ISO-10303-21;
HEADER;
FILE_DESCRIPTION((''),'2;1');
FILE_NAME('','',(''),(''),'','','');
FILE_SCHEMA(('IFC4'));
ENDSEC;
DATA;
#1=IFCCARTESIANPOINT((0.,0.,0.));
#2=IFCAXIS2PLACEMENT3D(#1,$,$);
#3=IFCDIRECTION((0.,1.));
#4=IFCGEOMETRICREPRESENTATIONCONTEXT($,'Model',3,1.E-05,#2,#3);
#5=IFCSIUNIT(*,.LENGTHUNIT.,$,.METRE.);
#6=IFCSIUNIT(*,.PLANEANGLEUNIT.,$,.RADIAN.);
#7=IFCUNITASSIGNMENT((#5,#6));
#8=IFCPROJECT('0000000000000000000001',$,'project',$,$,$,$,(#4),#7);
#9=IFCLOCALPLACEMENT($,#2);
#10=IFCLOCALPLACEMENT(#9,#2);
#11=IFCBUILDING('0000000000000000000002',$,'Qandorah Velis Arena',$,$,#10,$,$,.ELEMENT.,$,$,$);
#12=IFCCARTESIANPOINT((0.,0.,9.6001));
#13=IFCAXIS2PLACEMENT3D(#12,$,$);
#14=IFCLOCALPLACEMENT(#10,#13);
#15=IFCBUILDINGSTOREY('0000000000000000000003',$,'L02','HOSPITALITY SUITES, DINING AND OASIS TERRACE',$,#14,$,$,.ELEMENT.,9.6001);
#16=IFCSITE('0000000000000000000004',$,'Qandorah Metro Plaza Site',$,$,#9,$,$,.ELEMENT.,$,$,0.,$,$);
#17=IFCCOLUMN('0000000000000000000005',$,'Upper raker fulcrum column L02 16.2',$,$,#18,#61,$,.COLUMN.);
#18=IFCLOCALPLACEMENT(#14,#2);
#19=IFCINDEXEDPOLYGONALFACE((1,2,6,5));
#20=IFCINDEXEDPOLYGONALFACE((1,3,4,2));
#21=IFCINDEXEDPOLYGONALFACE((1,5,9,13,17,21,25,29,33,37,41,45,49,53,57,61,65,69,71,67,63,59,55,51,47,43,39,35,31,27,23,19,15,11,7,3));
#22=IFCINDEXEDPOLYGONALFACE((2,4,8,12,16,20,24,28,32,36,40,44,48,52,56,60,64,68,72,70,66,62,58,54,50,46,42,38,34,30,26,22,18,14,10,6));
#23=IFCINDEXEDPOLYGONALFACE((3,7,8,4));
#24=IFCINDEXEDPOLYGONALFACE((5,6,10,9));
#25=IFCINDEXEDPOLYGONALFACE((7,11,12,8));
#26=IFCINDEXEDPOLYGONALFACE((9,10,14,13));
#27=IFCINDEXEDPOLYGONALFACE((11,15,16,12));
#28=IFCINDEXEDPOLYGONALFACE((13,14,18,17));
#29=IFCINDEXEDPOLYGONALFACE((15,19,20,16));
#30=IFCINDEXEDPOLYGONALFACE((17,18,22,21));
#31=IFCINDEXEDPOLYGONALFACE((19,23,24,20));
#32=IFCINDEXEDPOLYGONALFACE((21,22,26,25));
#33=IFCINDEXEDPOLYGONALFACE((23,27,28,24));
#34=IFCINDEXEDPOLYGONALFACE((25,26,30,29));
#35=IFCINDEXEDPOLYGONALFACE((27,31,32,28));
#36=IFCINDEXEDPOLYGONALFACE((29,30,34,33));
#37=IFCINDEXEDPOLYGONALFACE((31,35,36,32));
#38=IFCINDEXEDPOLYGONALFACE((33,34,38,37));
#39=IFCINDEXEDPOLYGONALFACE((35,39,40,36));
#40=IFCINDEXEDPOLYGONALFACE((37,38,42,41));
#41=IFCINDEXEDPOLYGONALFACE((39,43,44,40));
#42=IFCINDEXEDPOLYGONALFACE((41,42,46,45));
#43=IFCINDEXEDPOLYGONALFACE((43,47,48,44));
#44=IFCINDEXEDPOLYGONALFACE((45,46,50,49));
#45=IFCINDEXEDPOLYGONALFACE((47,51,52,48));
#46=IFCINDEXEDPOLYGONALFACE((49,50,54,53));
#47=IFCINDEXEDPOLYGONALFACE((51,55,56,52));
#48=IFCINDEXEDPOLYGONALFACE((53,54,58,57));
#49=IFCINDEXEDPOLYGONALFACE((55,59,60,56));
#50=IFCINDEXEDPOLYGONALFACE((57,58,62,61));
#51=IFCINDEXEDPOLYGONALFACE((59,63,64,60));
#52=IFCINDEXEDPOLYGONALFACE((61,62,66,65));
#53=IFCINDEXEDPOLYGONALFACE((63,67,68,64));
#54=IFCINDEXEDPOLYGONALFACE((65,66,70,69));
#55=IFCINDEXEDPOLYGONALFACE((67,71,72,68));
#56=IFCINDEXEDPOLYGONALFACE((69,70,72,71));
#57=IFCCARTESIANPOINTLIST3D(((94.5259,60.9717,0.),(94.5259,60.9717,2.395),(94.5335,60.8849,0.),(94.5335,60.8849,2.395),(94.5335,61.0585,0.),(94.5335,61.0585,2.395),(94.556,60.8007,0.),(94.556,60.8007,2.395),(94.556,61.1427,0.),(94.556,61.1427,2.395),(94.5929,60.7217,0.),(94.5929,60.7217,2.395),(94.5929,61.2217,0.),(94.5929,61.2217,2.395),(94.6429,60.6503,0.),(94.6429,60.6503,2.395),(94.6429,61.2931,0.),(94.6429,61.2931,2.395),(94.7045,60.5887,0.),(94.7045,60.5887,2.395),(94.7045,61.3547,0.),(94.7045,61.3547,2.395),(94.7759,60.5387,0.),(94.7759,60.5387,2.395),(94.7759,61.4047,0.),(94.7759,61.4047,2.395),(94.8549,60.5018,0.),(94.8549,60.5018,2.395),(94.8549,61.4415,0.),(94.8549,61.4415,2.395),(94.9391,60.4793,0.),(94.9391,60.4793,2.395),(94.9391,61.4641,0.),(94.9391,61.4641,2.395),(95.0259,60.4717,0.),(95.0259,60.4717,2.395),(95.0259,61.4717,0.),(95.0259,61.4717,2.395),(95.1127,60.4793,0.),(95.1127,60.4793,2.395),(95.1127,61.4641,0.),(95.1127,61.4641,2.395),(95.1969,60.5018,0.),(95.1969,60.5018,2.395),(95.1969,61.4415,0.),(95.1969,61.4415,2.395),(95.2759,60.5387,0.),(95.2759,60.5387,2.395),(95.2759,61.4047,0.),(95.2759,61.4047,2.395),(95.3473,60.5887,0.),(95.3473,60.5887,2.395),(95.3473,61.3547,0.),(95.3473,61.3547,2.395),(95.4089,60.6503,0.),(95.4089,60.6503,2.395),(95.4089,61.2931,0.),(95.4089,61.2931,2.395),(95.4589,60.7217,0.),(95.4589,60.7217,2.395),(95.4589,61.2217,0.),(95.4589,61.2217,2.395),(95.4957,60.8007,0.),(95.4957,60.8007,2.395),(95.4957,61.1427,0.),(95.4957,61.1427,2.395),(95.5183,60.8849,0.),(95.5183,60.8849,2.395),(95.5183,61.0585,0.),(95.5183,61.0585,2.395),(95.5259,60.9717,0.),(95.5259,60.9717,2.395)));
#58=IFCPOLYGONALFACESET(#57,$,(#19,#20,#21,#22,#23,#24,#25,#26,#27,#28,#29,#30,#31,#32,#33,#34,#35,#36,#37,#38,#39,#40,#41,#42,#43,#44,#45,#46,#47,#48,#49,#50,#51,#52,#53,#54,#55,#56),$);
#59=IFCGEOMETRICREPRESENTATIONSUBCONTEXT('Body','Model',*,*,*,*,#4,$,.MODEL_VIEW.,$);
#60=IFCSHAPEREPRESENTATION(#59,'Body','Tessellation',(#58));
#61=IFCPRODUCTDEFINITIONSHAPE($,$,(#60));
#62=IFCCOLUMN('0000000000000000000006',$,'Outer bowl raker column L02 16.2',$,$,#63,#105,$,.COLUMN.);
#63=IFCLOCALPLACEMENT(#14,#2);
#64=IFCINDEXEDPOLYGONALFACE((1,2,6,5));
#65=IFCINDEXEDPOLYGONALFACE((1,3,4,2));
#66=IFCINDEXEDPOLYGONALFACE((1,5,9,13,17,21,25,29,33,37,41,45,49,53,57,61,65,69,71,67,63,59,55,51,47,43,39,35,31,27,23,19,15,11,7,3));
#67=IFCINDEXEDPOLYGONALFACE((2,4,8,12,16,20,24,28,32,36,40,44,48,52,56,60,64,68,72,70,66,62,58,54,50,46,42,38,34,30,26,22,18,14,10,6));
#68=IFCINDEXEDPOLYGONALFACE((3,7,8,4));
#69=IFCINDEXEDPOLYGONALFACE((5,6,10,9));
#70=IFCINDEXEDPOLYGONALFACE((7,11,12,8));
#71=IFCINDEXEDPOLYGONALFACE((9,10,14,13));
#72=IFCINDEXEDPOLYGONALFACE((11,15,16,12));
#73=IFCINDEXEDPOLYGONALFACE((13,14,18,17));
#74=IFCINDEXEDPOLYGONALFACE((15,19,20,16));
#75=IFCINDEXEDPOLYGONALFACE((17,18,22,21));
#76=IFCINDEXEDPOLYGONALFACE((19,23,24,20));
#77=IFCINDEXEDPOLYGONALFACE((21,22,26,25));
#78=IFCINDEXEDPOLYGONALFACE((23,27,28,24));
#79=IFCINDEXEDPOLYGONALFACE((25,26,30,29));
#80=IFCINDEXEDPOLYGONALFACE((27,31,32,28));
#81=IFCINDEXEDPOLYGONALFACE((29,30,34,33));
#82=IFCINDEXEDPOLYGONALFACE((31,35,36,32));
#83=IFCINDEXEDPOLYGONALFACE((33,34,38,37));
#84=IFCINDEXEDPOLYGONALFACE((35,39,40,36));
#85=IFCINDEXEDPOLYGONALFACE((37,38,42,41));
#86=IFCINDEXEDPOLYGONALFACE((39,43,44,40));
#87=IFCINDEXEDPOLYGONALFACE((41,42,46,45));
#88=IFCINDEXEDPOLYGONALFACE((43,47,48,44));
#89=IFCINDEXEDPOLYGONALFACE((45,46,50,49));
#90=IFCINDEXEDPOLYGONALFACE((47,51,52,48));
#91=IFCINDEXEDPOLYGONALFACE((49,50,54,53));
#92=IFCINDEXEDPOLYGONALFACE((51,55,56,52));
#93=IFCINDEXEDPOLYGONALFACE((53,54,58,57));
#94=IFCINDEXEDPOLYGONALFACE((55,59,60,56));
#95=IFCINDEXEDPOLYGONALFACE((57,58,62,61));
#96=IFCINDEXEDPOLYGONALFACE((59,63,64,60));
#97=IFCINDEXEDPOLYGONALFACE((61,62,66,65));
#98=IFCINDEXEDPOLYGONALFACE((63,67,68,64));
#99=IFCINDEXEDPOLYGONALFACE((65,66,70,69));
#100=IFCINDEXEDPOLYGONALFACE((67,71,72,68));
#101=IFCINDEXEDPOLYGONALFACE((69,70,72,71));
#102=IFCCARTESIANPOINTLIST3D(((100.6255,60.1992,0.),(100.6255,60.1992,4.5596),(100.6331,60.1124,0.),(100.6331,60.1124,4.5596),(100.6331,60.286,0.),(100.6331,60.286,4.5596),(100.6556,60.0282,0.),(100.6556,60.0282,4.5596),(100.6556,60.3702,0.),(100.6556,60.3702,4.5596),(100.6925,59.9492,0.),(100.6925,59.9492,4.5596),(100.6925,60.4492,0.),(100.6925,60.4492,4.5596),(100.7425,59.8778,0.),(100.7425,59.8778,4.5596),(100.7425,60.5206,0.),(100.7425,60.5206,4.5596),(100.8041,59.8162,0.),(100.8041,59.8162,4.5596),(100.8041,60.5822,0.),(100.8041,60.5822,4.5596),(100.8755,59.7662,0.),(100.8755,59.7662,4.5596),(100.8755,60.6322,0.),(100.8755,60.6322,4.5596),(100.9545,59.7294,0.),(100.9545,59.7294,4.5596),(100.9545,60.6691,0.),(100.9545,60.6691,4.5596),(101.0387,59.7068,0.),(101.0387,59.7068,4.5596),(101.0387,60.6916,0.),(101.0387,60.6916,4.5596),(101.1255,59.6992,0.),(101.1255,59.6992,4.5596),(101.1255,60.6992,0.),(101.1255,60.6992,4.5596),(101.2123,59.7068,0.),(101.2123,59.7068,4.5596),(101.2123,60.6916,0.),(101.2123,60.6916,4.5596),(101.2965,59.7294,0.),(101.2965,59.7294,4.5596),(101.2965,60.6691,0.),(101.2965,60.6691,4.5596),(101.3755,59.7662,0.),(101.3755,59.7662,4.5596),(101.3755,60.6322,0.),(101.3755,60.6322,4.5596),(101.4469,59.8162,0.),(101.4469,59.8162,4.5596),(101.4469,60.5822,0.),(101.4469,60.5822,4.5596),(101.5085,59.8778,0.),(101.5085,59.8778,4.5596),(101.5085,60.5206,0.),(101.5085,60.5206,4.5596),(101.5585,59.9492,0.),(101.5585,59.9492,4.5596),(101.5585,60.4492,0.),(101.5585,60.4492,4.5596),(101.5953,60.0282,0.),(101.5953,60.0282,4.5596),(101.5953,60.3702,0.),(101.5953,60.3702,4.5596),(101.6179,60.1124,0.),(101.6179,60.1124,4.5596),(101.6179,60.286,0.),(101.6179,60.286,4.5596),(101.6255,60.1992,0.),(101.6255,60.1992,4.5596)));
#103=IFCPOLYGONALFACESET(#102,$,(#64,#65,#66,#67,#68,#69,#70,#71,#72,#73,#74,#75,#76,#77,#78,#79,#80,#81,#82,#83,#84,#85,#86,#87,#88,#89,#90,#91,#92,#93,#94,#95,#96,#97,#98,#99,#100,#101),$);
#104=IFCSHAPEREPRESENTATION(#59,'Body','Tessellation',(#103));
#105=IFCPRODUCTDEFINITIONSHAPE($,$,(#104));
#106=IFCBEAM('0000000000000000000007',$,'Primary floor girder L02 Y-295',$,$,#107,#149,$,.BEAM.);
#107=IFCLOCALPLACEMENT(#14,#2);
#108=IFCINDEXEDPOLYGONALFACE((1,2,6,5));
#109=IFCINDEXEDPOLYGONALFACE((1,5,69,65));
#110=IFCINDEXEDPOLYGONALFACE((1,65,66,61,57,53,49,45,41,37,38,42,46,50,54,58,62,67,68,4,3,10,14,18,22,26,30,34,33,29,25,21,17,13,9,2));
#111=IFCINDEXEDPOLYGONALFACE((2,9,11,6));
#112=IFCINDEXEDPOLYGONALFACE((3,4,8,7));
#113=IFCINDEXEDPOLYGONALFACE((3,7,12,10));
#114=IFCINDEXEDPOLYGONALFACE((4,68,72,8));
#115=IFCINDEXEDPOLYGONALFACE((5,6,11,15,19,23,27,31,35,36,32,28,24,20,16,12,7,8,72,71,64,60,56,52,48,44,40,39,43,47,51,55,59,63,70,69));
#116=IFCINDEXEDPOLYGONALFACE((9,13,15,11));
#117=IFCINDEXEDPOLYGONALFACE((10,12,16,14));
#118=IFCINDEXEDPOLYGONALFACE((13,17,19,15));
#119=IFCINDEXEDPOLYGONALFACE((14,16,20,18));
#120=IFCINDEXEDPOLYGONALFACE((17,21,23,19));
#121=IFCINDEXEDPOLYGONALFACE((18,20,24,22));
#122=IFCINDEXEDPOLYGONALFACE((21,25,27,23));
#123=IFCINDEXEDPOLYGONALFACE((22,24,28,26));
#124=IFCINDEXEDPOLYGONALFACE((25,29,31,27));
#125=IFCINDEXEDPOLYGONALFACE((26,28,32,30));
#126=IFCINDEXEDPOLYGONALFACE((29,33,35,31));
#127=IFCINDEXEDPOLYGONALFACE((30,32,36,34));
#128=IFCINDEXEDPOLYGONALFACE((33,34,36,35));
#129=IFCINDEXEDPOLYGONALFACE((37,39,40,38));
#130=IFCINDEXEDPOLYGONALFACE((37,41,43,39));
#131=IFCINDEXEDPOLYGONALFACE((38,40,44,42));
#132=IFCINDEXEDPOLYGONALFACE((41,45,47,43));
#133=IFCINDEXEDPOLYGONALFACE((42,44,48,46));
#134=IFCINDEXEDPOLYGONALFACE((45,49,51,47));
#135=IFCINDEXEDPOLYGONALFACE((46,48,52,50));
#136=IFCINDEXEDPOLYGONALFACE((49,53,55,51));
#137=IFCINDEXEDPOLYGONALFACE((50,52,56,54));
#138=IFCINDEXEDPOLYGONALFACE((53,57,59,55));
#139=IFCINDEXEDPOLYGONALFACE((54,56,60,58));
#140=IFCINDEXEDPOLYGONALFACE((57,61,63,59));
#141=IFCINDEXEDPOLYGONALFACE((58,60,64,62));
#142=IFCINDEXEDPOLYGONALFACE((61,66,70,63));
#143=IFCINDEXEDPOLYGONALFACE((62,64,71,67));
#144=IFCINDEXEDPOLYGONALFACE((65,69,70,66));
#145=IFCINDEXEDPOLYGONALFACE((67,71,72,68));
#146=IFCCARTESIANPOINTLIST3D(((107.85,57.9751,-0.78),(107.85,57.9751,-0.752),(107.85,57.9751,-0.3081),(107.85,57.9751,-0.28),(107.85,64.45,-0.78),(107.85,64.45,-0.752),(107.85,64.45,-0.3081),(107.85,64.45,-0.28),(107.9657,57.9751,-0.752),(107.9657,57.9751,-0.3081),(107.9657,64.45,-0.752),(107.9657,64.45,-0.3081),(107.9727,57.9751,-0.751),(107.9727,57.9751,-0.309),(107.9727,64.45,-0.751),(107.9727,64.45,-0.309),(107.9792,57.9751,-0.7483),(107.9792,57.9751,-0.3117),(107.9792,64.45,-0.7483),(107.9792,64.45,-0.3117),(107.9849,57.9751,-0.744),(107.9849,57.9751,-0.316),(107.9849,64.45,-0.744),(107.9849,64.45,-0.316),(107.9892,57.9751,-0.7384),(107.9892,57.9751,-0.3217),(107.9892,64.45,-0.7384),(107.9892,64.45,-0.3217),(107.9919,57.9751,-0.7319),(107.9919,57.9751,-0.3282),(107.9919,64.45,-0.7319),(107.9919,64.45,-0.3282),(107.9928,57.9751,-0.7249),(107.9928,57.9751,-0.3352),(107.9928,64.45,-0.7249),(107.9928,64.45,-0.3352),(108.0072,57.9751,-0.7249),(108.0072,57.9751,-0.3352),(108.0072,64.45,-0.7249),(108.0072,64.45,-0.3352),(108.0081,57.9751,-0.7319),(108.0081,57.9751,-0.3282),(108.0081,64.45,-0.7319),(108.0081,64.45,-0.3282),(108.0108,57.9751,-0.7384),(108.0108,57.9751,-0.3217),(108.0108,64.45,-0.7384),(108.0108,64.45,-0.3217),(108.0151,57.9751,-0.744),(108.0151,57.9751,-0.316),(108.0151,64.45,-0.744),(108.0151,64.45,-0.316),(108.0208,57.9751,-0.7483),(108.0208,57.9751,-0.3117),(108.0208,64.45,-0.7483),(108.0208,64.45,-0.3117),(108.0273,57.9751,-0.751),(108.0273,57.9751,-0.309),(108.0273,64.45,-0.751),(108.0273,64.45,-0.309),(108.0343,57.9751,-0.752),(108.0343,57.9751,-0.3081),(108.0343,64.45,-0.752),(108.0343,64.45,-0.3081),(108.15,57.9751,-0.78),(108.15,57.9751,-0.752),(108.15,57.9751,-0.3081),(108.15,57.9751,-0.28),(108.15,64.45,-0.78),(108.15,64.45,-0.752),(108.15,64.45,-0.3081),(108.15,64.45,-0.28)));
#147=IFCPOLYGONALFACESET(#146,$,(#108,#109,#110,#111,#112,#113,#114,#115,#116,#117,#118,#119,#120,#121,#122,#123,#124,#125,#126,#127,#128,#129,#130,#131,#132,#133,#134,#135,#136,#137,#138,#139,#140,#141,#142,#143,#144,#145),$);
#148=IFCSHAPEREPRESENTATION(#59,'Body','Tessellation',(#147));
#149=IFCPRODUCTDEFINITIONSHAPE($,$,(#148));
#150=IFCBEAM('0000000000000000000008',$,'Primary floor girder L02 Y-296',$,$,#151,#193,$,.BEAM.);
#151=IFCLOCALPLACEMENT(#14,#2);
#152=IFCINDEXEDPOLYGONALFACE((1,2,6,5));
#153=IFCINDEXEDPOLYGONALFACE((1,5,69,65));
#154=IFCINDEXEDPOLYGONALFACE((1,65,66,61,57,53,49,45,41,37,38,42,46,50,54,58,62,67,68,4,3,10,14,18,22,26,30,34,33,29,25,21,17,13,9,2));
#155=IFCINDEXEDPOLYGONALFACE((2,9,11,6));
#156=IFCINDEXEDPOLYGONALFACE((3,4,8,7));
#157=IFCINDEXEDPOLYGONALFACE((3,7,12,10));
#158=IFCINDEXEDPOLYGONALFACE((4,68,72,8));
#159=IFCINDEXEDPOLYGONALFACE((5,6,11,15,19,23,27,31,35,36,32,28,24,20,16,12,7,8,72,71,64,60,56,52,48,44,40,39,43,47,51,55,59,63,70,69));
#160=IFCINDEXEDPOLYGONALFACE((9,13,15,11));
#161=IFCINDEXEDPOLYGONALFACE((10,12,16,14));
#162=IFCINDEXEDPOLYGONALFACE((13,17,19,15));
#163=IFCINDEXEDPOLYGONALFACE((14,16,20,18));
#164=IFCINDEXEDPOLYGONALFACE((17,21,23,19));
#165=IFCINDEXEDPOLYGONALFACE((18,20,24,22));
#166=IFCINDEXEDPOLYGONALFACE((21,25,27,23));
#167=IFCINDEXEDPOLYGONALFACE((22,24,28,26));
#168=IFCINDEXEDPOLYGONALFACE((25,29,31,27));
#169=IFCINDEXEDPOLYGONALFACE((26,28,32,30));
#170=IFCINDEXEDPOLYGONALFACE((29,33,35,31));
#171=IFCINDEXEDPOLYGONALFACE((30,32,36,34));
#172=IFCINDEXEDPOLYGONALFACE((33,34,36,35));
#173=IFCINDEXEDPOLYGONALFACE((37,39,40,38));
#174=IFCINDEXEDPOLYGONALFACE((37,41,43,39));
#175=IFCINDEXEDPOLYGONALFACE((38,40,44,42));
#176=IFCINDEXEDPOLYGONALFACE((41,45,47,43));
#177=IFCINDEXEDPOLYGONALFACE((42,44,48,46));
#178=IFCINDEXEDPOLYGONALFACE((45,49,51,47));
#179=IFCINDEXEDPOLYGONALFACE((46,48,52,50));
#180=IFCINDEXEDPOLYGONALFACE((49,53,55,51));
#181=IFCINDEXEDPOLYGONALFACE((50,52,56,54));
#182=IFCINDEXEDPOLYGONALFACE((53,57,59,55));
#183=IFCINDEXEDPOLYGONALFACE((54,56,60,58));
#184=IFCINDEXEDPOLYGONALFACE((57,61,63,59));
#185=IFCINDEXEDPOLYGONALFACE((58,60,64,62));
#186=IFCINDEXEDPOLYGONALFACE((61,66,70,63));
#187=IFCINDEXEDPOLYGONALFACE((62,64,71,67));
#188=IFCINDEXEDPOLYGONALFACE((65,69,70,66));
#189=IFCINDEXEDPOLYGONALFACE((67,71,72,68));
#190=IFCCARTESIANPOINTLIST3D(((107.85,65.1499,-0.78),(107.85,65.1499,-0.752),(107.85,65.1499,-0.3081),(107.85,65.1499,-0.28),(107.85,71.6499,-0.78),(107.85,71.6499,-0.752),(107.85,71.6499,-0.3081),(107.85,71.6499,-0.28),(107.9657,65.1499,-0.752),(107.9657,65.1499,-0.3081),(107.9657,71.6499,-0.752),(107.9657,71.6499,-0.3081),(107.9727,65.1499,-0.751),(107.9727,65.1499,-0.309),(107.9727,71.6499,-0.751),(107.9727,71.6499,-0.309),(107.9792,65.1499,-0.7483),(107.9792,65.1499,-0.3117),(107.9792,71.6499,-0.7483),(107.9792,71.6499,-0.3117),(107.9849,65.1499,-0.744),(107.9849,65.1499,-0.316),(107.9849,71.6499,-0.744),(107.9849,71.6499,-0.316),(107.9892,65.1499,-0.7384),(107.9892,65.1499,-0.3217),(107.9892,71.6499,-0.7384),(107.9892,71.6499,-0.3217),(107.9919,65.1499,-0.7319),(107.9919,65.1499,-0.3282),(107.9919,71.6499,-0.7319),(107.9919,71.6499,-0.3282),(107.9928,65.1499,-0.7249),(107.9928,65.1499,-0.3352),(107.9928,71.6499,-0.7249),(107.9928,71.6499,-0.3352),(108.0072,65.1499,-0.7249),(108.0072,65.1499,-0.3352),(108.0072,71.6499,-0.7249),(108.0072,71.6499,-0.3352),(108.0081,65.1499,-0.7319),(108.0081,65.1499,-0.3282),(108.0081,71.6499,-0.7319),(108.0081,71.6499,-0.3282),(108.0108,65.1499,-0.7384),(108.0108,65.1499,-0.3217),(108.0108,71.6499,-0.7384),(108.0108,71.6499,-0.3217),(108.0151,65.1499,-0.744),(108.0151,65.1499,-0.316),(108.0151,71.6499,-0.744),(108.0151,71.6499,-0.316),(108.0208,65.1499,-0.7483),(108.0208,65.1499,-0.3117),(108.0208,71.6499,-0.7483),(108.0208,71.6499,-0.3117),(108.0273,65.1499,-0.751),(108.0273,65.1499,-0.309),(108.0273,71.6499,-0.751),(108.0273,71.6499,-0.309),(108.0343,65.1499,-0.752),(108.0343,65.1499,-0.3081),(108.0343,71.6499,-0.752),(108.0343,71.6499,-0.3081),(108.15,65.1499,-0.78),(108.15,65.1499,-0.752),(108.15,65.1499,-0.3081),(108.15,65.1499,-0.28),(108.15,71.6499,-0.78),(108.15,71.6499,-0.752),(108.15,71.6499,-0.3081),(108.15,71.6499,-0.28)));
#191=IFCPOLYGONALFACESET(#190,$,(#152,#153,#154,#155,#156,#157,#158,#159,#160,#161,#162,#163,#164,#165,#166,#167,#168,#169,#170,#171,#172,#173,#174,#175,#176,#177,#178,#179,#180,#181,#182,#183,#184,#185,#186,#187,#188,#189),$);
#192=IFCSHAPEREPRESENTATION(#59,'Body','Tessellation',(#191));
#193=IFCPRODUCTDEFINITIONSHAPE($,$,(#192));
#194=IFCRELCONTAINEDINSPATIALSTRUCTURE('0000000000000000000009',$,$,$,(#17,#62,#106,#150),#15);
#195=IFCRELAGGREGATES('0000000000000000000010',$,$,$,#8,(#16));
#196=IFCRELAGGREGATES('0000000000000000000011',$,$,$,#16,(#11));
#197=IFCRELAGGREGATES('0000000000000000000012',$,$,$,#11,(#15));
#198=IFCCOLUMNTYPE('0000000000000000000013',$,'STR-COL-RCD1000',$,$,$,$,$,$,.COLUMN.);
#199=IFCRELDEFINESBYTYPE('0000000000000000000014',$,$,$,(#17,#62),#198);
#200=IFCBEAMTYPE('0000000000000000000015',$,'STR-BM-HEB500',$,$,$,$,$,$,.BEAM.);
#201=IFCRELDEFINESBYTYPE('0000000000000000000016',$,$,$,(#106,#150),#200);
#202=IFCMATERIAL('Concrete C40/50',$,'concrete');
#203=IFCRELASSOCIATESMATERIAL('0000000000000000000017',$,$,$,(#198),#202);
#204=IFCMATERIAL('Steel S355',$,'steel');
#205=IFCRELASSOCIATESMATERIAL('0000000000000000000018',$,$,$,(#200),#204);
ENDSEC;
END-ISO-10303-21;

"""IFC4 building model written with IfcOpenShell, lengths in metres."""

from ifc_helpers import new_model, si_unit, direction, frame, origin, origin_2d, place, context, subcontext, project, spatial, circle, i_section, extrude, material, material_profile, profile_set, type_object, element, save


model = new_model("IFC4")

# Units and contexts
model_context = context("Model", 3, precision=1e-05, world=origin(), true_north=direction((0.0, 1.0)))
body_context = subcontext(model_context, "Body", "Model", "MODEL_VIEW")
ifc_project = project(units=[si_unit("LENGTHUNIT", "METRE"), si_unit("PLANEANGLEUNIT", "RADIAN")], contexts=[model_context])

# Site, building, storey
site_placement = place(None, origin())
site = spatial("IfcSite", under=ifc_project, at=site_placement, Name="Qandorah Metro Plaza Site", CompositionType="ELEMENT", RefElevation=0.0)
building_placement = place(site_placement, origin())
building = spatial("IfcBuilding", under=site, at=building_placement, Name="Qandorah Velis Arena", CompositionType="ELEMENT")
storey_placement = place(building_placement, frame((0.0, 0.0, 9.6001)))
storey = spatial("IfcBuildingStorey", under=building, at=storey_placement, Name="L02", Description="HOSPITALITY SUITES, DINING AND OASIS TERRACE", CompositionType="ELEMENT", Elevation=9.6001)

# Columns
ifc_material_1 = material(Name="Concrete C40/50", Category="concrete")
ifc_material_profile_1 = material_profile(ifc_material_1, circle(Radius=0.5, at=origin_2d()), Name="RC D1000")
ifc_profile_set_1 = profile_set([ifc_material_profile_1], Name="Concrete C40/50")
column_type_1 = type_object("IfcColumnType", Name="STR-COL-RCD1000", PredefinedType="COLUMN", material=ifc_profile_set_1)
column_1_placement = place(storey_placement, frame((95.0259, 60.9717, 0.0), z_axis=(0.0, 0.0, 1.0), x_axis=(1.0, 0.0, 0.0)))
element("IfcColumn", 1, at=column_1_placement, inside=storey, type_object=column_type_1, Name="Upper raker fulcrum column L02 16.2", PredefinedType="COLUMN", context=body_context, shape_type="SweptSolid", body=[
    extrude(circle(Radius=0.5, at=origin_2d()), origin(), (0.0, 0.0, 1.0), 2.395),
])
column_2_placement = place(storey_placement, frame((101.1255, 60.1992, 0.0), z_axis=(0.0, 0.0, 1.0), x_axis=(1.0, 0.0, 0.0)))
element("IfcColumn", 2, at=column_2_placement, inside=storey, type_object=column_type_1, Name="Outer bowl raker column L02 16.2", PredefinedType="COLUMN", context=body_context, shape_type="SweptSolid", body=[
    extrude(circle(Radius=0.5, at=origin_2d()), origin(), (0.0, 0.0, 1.0), 4.5596),
])

# Beams
ifc_material_2 = material(Name="Steel S355", Category="steel")
ifc_material_profile_2 = material_profile(ifc_material_2, i_section(OverallWidth=0.3, OverallDepth=0.5, WebThickness=0.0144, FlangeThickness=0.0281, FilletRadius=0.0271, at=origin_2d()), Name="HEB 500")
ifc_profile_set_2 = profile_set([ifc_material_profile_2], Name="Steel S355")
beam_type_1 = type_object("IfcBeamType", Name="STR-BM-HEB500", PredefinedType="BEAM", material=ifc_profile_set_2)
beam_1_placement = place(storey_placement, frame((108.0, 57.9751, -0.53), z_axis=(0.0, 1.0, 0.0), x_axis=(-1.0, 0.0, 0.0)))
element("IfcBeam", 3, at=beam_1_placement, inside=storey, type_object=beam_type_1, Name="Primary floor girder L02 Y-295", PredefinedType="BEAM", context=body_context, shape_type="SweptSolid", body=[
    extrude(i_section(OverallWidth=0.3, OverallDepth=0.5, WebThickness=0.0144, FlangeThickness=0.0281, FilletRadius=0.0271, at=origin_2d()), origin(), (0.0, 0.0, 1.0), 6.4749),
])
beam_2_placement = place(storey_placement, frame((108.0, 65.1499, -0.53), z_axis=(0.0, 1.0, 0.0), x_axis=(-1.0, 0.0, 0.0)))
element("IfcBeam", 4, at=beam_2_placement, inside=storey, type_object=beam_type_1, Name="Primary floor girder L02 Y-296", PredefinedType="BEAM", context=body_context, shape_type="SweptSolid", body=[
    extrude(i_section(OverallWidth=0.3, OverallDepth=0.5, WebThickness=0.0144, FlangeThickness=0.0281, FilletRadius=0.0271, at=origin_2d()), origin(), (0.0, 0.0, 1.0), 6.5),
])

save(model, "model.ifc")
